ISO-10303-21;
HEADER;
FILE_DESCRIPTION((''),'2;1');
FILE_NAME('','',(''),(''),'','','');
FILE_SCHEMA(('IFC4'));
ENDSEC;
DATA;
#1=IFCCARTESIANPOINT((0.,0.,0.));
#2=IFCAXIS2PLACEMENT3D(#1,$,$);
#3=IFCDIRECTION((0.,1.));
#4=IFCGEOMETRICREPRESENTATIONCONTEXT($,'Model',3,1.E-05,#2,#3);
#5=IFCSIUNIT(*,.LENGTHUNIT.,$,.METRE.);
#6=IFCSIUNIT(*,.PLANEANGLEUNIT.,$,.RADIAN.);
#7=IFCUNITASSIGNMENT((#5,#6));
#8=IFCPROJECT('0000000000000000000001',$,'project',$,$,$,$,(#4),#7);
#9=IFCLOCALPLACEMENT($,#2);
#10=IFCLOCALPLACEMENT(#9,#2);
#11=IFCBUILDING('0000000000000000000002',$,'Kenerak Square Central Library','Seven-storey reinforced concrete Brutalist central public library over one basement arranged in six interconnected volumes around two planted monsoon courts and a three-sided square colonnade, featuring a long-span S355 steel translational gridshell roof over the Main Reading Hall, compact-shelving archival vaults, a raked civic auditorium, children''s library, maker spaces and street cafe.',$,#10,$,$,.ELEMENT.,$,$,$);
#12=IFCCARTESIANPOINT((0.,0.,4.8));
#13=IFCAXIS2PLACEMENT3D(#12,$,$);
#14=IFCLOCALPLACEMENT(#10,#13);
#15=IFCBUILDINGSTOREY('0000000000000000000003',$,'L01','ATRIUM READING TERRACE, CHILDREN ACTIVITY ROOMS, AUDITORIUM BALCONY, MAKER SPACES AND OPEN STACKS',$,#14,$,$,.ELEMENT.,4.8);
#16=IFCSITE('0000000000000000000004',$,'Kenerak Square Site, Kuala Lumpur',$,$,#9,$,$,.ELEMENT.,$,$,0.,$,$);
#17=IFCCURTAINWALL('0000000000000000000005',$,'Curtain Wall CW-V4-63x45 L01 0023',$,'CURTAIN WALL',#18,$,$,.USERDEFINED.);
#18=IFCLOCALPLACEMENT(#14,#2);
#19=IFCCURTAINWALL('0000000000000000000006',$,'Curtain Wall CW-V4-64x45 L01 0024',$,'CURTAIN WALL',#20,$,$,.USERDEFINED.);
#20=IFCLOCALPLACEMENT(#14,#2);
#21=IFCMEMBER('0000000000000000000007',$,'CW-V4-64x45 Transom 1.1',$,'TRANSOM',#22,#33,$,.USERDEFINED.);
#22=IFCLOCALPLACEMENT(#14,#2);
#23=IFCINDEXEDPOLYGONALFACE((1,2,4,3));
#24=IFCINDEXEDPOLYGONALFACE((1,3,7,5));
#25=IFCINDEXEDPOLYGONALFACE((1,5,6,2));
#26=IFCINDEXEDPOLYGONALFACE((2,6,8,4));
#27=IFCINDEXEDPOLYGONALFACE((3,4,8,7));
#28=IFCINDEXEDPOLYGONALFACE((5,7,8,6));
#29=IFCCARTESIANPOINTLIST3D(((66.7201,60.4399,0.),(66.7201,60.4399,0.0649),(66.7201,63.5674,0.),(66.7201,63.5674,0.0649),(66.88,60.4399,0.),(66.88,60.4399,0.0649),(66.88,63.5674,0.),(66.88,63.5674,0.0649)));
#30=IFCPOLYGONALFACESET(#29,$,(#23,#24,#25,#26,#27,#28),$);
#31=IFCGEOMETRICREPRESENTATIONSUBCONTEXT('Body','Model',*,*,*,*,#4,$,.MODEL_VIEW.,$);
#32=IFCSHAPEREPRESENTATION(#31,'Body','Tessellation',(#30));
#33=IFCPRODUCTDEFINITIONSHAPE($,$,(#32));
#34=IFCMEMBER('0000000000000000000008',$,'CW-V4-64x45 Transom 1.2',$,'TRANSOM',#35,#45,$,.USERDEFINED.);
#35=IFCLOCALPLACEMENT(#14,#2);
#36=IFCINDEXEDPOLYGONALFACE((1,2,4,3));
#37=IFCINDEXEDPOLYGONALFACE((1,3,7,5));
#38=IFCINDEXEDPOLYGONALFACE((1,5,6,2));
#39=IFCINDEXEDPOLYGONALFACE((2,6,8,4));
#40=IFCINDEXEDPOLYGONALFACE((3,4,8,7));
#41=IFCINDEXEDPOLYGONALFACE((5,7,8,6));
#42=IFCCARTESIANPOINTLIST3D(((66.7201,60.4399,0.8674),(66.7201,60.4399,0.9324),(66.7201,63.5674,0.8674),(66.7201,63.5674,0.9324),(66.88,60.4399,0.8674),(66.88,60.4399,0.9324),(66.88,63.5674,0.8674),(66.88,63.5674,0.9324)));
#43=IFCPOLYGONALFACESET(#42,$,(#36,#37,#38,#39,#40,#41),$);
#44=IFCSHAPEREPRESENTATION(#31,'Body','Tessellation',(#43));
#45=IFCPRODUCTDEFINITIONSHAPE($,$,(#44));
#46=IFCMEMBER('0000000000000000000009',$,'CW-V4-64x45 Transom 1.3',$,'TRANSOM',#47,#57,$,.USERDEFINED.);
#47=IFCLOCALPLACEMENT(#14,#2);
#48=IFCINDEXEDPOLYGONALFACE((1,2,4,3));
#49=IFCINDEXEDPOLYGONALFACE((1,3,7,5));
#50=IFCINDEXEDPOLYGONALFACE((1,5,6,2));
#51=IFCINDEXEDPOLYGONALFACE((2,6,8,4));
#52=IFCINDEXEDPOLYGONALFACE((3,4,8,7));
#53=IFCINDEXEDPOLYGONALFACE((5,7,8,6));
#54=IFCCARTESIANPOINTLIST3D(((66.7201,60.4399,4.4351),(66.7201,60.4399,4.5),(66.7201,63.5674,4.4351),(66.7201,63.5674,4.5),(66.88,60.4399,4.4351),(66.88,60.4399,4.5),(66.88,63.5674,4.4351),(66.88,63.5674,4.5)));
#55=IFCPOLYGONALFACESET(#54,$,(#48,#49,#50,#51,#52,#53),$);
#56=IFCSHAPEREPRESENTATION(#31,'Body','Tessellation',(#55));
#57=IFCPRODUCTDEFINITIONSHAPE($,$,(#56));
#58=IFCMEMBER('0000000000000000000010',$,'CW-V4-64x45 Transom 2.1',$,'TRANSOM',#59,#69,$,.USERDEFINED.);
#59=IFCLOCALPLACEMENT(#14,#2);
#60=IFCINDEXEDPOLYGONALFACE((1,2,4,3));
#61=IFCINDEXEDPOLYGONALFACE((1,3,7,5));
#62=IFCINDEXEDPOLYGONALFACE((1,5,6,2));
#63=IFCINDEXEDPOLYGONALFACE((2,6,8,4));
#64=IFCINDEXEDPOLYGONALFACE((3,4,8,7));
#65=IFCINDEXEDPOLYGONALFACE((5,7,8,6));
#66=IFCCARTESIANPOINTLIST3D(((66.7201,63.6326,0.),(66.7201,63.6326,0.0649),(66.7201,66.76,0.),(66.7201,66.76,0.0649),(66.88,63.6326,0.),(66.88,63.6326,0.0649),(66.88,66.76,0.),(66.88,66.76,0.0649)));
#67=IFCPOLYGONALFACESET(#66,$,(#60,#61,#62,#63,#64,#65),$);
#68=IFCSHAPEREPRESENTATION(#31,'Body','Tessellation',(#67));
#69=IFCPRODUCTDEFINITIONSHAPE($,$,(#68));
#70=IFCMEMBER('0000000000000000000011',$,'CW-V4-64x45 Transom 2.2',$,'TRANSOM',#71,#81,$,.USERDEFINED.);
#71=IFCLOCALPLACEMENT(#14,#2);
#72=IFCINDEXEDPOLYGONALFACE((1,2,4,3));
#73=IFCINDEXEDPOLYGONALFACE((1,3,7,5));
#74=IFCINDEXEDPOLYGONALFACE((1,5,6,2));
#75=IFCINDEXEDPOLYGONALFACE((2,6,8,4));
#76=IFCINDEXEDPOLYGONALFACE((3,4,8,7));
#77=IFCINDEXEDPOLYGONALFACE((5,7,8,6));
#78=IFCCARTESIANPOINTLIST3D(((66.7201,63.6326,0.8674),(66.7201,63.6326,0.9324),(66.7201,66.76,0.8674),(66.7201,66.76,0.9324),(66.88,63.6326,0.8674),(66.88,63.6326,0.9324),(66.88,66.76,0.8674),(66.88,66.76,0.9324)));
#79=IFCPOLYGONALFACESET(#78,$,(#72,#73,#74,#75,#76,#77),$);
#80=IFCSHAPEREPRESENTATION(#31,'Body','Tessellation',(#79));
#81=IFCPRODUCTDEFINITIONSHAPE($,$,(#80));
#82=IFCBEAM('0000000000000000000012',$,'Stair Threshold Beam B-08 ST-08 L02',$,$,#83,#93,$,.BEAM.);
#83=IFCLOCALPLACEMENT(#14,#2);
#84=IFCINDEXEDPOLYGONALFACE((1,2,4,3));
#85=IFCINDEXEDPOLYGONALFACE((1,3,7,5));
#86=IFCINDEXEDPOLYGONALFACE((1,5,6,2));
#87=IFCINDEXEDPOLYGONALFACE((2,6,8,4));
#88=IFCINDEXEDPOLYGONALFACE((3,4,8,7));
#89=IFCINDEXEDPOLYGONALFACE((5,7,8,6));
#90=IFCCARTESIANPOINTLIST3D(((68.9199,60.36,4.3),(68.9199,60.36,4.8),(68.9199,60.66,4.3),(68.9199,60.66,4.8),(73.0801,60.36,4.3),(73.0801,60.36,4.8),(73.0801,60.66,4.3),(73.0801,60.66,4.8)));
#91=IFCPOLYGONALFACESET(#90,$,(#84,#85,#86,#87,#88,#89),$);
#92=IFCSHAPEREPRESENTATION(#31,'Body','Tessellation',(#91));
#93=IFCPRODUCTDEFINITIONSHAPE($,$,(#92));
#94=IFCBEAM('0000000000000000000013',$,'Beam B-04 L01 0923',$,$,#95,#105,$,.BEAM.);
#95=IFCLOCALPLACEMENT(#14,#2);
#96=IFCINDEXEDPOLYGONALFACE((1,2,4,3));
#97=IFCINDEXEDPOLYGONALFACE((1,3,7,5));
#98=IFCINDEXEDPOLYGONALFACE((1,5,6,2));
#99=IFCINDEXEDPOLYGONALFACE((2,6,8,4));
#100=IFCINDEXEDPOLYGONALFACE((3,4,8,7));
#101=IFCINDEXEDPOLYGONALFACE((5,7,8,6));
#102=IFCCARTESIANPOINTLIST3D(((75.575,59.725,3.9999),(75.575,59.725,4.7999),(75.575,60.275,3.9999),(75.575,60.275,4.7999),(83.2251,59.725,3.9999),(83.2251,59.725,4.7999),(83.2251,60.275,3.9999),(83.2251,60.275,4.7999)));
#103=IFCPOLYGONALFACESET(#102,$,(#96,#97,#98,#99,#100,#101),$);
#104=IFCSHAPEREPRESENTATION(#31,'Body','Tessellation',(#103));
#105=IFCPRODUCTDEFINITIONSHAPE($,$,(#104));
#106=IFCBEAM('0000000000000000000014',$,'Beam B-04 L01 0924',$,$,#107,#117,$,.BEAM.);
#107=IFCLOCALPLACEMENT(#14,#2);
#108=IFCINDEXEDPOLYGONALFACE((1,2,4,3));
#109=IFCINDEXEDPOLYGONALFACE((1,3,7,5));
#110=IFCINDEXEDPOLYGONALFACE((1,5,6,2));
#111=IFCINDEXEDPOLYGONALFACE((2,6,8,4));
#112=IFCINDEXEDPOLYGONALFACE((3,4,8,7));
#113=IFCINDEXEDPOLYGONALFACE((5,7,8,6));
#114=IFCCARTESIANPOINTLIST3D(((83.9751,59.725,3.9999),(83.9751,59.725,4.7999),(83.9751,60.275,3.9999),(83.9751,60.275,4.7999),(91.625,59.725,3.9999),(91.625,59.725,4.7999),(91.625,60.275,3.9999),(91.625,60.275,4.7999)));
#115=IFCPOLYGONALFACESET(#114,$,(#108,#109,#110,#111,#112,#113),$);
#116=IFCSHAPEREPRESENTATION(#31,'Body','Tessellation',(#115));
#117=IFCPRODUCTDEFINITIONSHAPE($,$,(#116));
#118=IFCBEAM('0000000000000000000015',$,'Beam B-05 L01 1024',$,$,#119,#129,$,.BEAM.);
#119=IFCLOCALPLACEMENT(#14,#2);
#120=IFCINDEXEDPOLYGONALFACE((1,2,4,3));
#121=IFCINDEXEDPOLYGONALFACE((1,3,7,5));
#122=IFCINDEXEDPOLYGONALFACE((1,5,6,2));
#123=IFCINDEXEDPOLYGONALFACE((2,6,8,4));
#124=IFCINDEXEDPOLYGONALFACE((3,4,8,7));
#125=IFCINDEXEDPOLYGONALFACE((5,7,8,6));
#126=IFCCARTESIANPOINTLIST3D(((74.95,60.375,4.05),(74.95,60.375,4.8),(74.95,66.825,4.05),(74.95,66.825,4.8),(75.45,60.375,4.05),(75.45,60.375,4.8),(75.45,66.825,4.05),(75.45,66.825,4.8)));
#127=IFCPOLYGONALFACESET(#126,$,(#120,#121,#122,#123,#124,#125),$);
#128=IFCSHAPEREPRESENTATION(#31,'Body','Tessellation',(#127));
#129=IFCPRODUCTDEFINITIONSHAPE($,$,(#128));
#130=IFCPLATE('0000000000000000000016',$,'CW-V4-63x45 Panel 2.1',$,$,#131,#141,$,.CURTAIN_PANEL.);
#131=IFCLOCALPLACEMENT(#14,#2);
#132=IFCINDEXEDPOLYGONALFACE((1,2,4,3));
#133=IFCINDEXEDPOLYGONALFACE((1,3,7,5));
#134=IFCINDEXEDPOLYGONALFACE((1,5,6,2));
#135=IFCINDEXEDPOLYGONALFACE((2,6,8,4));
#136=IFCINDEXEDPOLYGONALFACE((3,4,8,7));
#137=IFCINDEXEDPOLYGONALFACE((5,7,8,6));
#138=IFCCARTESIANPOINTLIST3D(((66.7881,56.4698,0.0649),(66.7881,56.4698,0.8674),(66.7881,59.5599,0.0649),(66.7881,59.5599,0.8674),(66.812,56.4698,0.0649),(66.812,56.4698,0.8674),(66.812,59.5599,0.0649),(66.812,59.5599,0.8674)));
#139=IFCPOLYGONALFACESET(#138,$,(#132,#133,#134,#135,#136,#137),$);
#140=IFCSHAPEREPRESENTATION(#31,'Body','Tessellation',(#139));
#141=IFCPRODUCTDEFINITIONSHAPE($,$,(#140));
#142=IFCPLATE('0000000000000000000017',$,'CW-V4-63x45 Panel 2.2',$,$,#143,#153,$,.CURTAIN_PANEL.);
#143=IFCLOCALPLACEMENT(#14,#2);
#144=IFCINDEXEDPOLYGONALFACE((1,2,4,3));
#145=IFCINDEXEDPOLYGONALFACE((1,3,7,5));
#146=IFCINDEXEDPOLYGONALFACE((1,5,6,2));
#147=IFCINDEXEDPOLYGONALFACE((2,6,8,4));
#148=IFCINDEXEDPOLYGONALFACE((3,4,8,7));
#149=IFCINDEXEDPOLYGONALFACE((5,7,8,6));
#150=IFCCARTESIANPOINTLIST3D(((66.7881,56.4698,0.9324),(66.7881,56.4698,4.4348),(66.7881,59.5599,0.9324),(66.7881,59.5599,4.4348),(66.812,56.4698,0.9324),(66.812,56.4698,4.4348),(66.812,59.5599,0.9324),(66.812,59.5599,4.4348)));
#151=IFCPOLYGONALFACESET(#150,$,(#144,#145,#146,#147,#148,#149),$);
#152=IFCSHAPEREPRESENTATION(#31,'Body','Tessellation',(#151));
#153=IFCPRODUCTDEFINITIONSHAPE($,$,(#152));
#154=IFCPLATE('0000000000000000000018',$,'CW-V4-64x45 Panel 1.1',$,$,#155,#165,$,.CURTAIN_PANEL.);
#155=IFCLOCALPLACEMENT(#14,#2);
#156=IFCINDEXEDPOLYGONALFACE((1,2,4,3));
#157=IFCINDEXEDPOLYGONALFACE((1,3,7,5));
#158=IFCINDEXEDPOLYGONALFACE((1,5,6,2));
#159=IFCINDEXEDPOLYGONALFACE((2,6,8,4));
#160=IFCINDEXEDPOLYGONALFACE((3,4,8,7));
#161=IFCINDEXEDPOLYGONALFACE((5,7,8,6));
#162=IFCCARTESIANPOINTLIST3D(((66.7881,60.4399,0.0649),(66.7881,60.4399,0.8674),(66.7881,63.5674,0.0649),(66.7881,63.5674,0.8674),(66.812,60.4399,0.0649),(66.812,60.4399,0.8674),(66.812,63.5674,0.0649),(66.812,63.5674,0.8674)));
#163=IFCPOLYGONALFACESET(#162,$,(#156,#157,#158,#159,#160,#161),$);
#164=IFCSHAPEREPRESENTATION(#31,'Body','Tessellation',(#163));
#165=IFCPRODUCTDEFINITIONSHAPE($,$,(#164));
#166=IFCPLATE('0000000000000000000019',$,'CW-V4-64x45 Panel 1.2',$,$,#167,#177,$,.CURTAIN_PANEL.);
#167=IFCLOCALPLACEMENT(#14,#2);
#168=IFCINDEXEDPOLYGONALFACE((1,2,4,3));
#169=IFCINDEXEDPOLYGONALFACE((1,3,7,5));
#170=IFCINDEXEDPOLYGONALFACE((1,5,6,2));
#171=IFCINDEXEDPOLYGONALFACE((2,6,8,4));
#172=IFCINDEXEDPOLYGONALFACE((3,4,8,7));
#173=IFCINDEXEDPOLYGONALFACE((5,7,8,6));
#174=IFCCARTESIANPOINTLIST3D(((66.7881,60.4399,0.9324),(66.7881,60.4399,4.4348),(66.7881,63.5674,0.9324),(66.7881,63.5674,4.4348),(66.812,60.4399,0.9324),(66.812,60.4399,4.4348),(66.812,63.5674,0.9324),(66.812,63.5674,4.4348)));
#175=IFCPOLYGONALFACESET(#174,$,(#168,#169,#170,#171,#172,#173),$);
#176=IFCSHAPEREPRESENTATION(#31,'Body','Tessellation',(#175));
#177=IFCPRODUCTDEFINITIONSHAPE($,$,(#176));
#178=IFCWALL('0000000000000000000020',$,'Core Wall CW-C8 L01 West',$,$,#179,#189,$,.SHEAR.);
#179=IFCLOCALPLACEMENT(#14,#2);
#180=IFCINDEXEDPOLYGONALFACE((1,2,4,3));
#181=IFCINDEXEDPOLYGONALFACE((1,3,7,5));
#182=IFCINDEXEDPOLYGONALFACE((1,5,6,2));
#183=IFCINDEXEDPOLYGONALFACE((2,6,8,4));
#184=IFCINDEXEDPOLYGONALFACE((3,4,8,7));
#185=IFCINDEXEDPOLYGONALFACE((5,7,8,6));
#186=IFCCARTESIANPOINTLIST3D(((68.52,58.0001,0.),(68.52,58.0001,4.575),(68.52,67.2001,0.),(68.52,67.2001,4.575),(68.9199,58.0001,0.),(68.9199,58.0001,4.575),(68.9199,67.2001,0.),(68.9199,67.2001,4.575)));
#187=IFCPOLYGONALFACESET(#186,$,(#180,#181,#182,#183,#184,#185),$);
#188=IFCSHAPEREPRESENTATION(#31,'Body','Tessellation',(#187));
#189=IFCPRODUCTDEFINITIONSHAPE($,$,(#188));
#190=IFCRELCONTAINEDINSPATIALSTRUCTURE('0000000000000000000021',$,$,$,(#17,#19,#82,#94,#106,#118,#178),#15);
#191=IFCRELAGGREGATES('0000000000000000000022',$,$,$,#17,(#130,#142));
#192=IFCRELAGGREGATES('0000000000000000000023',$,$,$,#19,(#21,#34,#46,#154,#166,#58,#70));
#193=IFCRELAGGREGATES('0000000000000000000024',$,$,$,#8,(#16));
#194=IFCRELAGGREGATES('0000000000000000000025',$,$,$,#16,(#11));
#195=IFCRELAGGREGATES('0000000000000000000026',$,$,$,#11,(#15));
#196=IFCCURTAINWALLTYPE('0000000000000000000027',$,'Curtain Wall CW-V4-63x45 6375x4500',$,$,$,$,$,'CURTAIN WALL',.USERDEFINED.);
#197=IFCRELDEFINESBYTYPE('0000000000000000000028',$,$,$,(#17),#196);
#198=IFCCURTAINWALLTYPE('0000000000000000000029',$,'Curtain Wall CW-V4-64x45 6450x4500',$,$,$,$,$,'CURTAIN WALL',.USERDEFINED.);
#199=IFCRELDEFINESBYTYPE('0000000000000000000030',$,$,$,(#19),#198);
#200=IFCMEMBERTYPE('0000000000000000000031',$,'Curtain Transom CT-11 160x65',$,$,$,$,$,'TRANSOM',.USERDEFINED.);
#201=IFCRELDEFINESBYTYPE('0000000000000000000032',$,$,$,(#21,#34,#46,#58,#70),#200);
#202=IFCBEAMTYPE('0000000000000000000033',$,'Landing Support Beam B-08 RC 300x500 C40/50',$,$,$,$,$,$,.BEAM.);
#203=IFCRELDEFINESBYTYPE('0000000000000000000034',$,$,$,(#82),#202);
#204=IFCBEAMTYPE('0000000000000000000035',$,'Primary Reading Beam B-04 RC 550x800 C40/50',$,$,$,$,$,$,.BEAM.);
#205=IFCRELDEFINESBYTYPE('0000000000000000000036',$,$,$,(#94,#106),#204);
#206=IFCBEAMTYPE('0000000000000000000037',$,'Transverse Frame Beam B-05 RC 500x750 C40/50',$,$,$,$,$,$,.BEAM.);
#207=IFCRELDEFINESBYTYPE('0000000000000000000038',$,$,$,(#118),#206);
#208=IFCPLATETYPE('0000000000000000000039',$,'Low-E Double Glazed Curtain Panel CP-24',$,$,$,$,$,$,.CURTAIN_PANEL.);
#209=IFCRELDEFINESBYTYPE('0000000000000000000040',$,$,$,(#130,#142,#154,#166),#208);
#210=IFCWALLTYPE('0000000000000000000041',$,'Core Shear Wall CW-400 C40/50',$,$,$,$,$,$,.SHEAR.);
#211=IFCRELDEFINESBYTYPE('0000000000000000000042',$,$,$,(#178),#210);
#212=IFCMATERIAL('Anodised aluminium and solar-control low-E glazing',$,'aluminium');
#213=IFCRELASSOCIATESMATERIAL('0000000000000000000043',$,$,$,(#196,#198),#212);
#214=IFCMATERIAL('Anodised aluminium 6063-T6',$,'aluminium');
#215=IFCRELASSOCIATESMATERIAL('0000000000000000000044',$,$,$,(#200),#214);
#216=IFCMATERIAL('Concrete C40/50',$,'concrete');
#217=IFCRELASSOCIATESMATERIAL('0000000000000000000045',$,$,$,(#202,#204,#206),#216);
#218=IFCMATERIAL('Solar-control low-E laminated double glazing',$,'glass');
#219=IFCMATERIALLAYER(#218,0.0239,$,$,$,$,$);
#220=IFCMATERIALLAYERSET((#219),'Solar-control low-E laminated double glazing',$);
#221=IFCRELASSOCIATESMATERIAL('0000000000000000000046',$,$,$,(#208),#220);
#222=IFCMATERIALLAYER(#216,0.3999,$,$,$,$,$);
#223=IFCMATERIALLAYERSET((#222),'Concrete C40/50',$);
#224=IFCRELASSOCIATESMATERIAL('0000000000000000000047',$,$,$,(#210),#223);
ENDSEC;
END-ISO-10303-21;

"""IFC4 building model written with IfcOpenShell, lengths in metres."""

from ifc_helpers import new_model, si_unit, direction, frame, frame_2d, origin, origin_2d, place, context, subcontext, project, spatial, rectangle, extrude, material, layer, layer_set, material_profile, profile_set, type_object, element, aggregate, save


model = new_model("IFC4")

# Units and contexts
model_context = context("Model", 3, precision=1e-05, world=origin(), true_north=direction((0.0, 1.0)))
body_context = subcontext(model_context, "Body", "Model", "MODEL_VIEW")
ifc_project = project(units=[si_unit("LENGTHUNIT", "METRE"), si_unit("PLANEANGLEUNIT", "RADIAN")], contexts=[model_context])

# Site, building, storey
site_placement = place(None, origin())
site = spatial("IfcSite", under=ifc_project, at=site_placement, Name="Kenerak Square Site, Kuala Lumpur", CompositionType="ELEMENT", RefElevation=0.0)
building_placement = place(site_placement, origin())
building = spatial("IfcBuilding", under=site, at=building_placement, Name="Kenerak Square Central Library", Description="Seven-storey reinforced concrete Brutalist central public library over one basement arranged in six interconnected volumes around two planted monsoon courts and a three-sided square colonnade, featuring a long-span S355 steel translational gridshell roof over the Main Reading Hall, compact-shelving archival vaults, a raked civic auditorium, children's library, maker spaces and street cafe.", CompositionType="ELEMENT")
storey_placement = place(building_placement, frame((0.0, 0.0, 4.8)))
storey = spatial("IfcBuildingStorey", under=building, at=storey_placement, Name="L01", Description="ATRIUM READING TERRACE, CHILDREN ACTIVITY ROOMS, AUDITORIUM BALCONY, MAKER SPACES AND OPEN STACKS", CompositionType="ELEMENT", Elevation=4.8)

# Shared definitions
ifc_material_1 = material(Name="Concrete C40/50", Category="concrete")

# Curtain wall
ifc_material_2 = material(Name="Anodised aluminium and solar-control low-E glazing", Category="aluminium")
curtain_wall_type_1 = type_object("IfcCurtainWallType", Name="Curtain Wall CW-V4-63x45 6375x4500", ElementType="CURTAIN WALL", PredefinedType="USERDEFINED", material=ifc_material_2)
curtain_wall_1_placement = place(storey_placement, origin())
curtain_wall_1 = element("IfcCurtainWall", 1, at=curtain_wall_1_placement, inside=storey, type_object=curtain_wall_type_1, Name="Curtain Wall CW-V4-63x45 L01 0023", ObjectType="CURTAIN WALL", PredefinedType="USERDEFINED")
ifc_material_3 = material(Name="Anodised aluminium 6063-T6", Category="aluminium")

# Curtain wall
curtain_wall_type_2 = type_object("IfcCurtainWallType", Name="Curtain Wall CW-V4-64x45 6450x4500", ElementType="CURTAIN WALL", PredefinedType="USERDEFINED", material=ifc_material_2)
curtain_wall_2_placement = place(storey_placement, origin())
curtain_wall_2 = element("IfcCurtainWall", 2, at=curtain_wall_2_placement, inside=storey, type_object=curtain_wall_type_2, Name="Curtain Wall CW-V4-64x45 L01 0024", ObjectType="CURTAIN WALL", PredefinedType="USERDEFINED")

# Members
ifc_material_profile_1 = material_profile(ifc_material_3, rectangle(XDim=0.1599, YDim=0.0649, at=origin_2d()), Name="AL TRANSOM 160x65")
ifc_profile_set_1 = profile_set([ifc_material_profile_1], Name="Anodised aluminium 6063-T6")
member_type_1 = type_object("IfcMemberType", Name="Curtain Transom CT-11 160x65", ElementType="TRANSOM", PredefinedType="USERDEFINED", material=ifc_profile_set_1)
member_1_placement = place(storey_placement, frame((66.8, 60.4399, 0.0325), z_axis=(0.0, 1.0, 0.0), x_axis=(-1.0, 0.0, 0.0)))
member_1 = element("IfcMember", 3, at=member_1_placement, type_object=member_type_1, Name="CW-V4-64x45 Transom 1.1", ObjectType="TRANSOM", PredefinedType="USERDEFINED", context=body_context, shape_type="SweptSolid", body=[
    extrude(rectangle(XDim=0.1599, YDim=0.0649, at=origin_2d()), origin(), (0.0, 0.0, 1.0), 3.1274),
])
member_2_placement = place(storey_placement, frame((66.8, 60.4399, 0.8999), z_axis=(0.0, 1.0, 0.0), x_axis=(-1.0, 0.0, 0.0)))
member_2 = element("IfcMember", 4, at=member_2_placement, type_object=member_type_1, Name="CW-V4-64x45 Transom 1.2", ObjectType="TRANSOM", PredefinedType="USERDEFINED", context=body_context, shape_type="SweptSolid", body=[
    extrude(rectangle(XDim=0.1599, YDim=0.0649, at=origin_2d()), origin(), (0.0, 0.0, 1.0), 3.1274),
])
member_3_placement = place(storey_placement, frame((66.8, 60.4399, 4.4675), z_axis=(0.0, 1.0, 0.0), x_axis=(-1.0, 0.0, 0.0)))
member_3 = element("IfcMember", 5, at=member_3_placement, type_object=member_type_1, Name="CW-V4-64x45 Transom 1.3", ObjectType="TRANSOM", PredefinedType="USERDEFINED", context=body_context, shape_type="SweptSolid", body=[
    extrude(rectangle(XDim=0.1599, YDim=0.0649, at=origin_2d()), origin(), (0.0, 0.0, 1.0), 3.1274),
])
member_4_placement = place(storey_placement, frame((66.8, 63.6326, 0.0325), z_axis=(0.0, 1.0, 0.0), x_axis=(-1.0, 0.0, 0.0)))
member_4 = element("IfcMember", 6, at=member_4_placement, type_object=member_type_1, Name="CW-V4-64x45 Transom 2.1", ObjectType="TRANSOM", PredefinedType="USERDEFINED", context=body_context, shape_type="SweptSolid", body=[
    extrude(rectangle(XDim=0.1599, YDim=0.0649, at=origin_2d()), origin(), (0.0, 0.0, 1.0), 3.1274),
])
member_5_placement = place(storey_placement, frame((66.8, 63.6326, 0.8999), z_axis=(0.0, 1.0, 0.0), x_axis=(-1.0, 0.0, 0.0)))
member_5 = element("IfcMember", 7, at=member_5_placement, type_object=member_type_1, Name="CW-V4-64x45 Transom 2.2", ObjectType="TRANSOM", PredefinedType="USERDEFINED", context=body_context, shape_type="SweptSolid", body=[
    extrude(rectangle(XDim=0.1599, YDim=0.0649, at=origin_2d()), origin(), (0.0, 0.0, 1.0), 3.1274),
])

# Beams
ifc_material_profile_2 = material_profile(ifc_material_1, rectangle(XDim=0.3, YDim=0.5, at=origin_2d()), Name="RC 300x500")
ifc_profile_set_2 = profile_set([ifc_material_profile_2], Name="Concrete C40/50")
beam_type_1 = type_object("IfcBeamType", Name="Landing Support Beam B-08 RC 300x500 C40/50", PredefinedType="BEAM", material=ifc_profile_set_2)
beam_1_placement = place(storey_placement, frame((68.9199, 60.51, 4.55), z_axis=(1.0, 0.0, 0.0), x_axis=(0.0, 1.0, 0.0)))
element("IfcBeam", 8, at=beam_1_placement, inside=storey, type_object=beam_type_1, Name="Stair Threshold Beam B-08 ST-08 L02", PredefinedType="BEAM", context=body_context, shape_type="SweptSolid", body=[
    extrude(rectangle(XDim=0.3, YDim=0.5, at=origin_2d()), origin(), (0.0, 0.0, 1.0), 4.1602),
])
ifc_material_profile_3 = material_profile(ifc_material_1, rectangle(XDim=0.55, YDim=0.8, at=origin_2d()), Name="RC 550x800")
ifc_profile_set_3 = profile_set([ifc_material_profile_3], Name="Concrete C40/50")
beam_type_2 = type_object("IfcBeamType", Name="Primary Reading Beam B-04 RC 550x800 C40/50", PredefinedType="BEAM", material=ifc_profile_set_3)
beam_2_placement = place(storey_placement, frame((75.575, 60.0, 4.3999), z_axis=(1.0, 0.0, 0.0), x_axis=(0.0, 1.0, 0.0)))
element("IfcBeam", 9, at=beam_2_placement, inside=storey, type_object=beam_type_2, Name="Beam B-04 L01 0923", PredefinedType="BEAM", context=body_context, shape_type="SweptSolid", body=[
    extrude(rectangle(XDim=0.55, YDim=0.8, at=origin_2d()), origin(), (0.0, 0.0, 1.0), 7.6501),
])
beam_3_placement = place(storey_placement, frame((83.9751, 60.0, 4.3999), z_axis=(1.0, 0.0, 0.0), x_axis=(0.0, 1.0, 0.0)))
element("IfcBeam", 10, at=beam_3_placement, inside=storey, type_object=beam_type_2, Name="Beam B-04 L01 0924", PredefinedType="BEAM", context=body_context, shape_type="SweptSolid", body=[
    extrude(rectangle(XDim=0.55, YDim=0.8, at=origin_2d()), origin(), (0.0, 0.0, 1.0), 7.6499),
])
ifc_material_profile_4 = material_profile(ifc_material_1, rectangle(XDim=0.5, YDim=0.75, at=origin_2d()), Name="RC 500x750")
ifc_profile_set_4 = profile_set([ifc_material_profile_4], Name="Concrete C40/50")
beam_type_3 = type_object("IfcBeamType", Name="Transverse Frame Beam B-05 RC 500x750 C40/50", PredefinedType="BEAM", material=ifc_profile_set_4)
beam_4_placement = place(storey_placement, frame((75.2, 60.375, 4.425), z_axis=(0.0, 1.0, 0.0), x_axis=(-1.0, 0.0, 0.0)))
element("IfcBeam", 11, at=beam_4_placement, inside=storey, type_object=beam_type_3, Name="Beam B-05 L01 1024", PredefinedType="BEAM", context=body_context, shape_type="SweptSolid", body=[
    extrude(rectangle(XDim=0.5, YDim=0.75, at=origin_2d()), origin(), (0.0, 0.0, 1.0), 6.45),
])

# Plates
ifc_material_4 = material(Name="Solar-control low-E laminated double glazing", Category="glass")
ifc_layer_1 = layer(ifc_material_4, 0.0239)
ifc_layer_set_1 = layer_set([ifc_layer_1], Name="Solar-control low-E laminated double glazing")
plate_type = type_object("IfcPlateType", Name="Low-E Double Glazed Curtain Panel CP-24", PredefinedType="CURTAIN_PANEL", material=ifc_layer_set_1)
plate_1_placement = place(storey_placement, frame((66.8, 58.0149, 0.0649), z_axis=(0.0, 0.0, 1.0), x_axis=(0.0, 1.0, 0.0)))
plate_1 = element("IfcPlate", 12, at=plate_1_placement, type_object=plate_type, Name="CW-V4-63x45 Panel 2.1", PredefinedType="CURTAIN_PANEL", context=body_context, shape_type="SweptSolid", body=[
    extrude(rectangle(XDim=3.0901, YDim=0.0239, at=origin_2d()), origin(), (0.0, 0.0, 1.0), 0.8025),
])
plate_2_placement = place(storey_placement, frame((66.8, 58.0149, 0.9324), z_axis=(0.0, 0.0, 1.0), x_axis=(0.0, 1.0, 0.0)))
plate_2 = element("IfcPlate", 13, at=plate_2_placement, type_object=plate_type, Name="CW-V4-63x45 Panel 2.2", PredefinedType="CURTAIN_PANEL", context=body_context, shape_type="SweptSolid", body=[
    extrude(rectangle(XDim=3.0901, YDim=0.0239, at=origin_2d()), origin(), (0.0, 0.0, 1.0), 3.5024),
])
aggregate(curtain_wall_1, [plate_1, plate_2])
plate_3_placement = place(storey_placement, frame((66.8, 62.0037, 0.0649), z_axis=(0.0, 0.0, 1.0), x_axis=(0.0, 1.0, 0.0)))
plate_3 = element("IfcPlate", 14, at=plate_3_placement, type_object=plate_type, Name="CW-V4-64x45 Panel 1.1", PredefinedType="CURTAIN_PANEL", context=body_context, shape_type="SweptSolid", body=[
    extrude(rectangle(XDim=3.1274, YDim=0.0239, at=origin_2d()), origin(), (0.0, 0.0, 1.0), 0.8025),
])
plate_4_placement = place(storey_placement, frame((66.8, 62.0037, 0.9324), z_axis=(0.0, 0.0, 1.0), x_axis=(0.0, 1.0, 0.0)))
plate_4 = element("IfcPlate", 15, at=plate_4_placement, type_object=plate_type, Name="CW-V4-64x45 Panel 1.2", PredefinedType="CURTAIN_PANEL", context=body_context, shape_type="SweptSolid", body=[
    extrude(rectangle(XDim=3.1274, YDim=0.0239, at=origin_2d()), origin(), (0.0, 0.0, 1.0), 3.5024),
])
aggregate(curtain_wall_2, [member_1, member_2, member_3, plate_3, plate_4, member_4, member_5])

# Wall
ifc_layer_2 = layer(ifc_material_1, 0.3999)
ifc_layer_set_2 = layer_set([ifc_layer_2], Name="Concrete C40/50")
wall_type = type_object("IfcWallType", Name="Core Shear Wall CW-400 C40/50", PredefinedType="SHEAR", material=ifc_layer_set_2)
wall_1_placement = place(storey_placement, frame((68.72, 58.0, 0.0), z_axis=(0.0, 0.0, 1.0), x_axis=(0.0, 1.0, 0.0)))
element("IfcWall", 16, at=wall_1_placement, inside=storey, type_object=wall_type, Name="Core Wall CW-C8 L01 West", PredefinedType="SHEAR", context=body_context, shape_type="SweptSolid", body=[
    extrude(rectangle(XDim=9.2, YDim=0.3999, at=frame_2d((4.6001, 0.0))), origin(), (0.0, 0.0, 1.0), 4.575),
])

save(model, "model.ifc")
